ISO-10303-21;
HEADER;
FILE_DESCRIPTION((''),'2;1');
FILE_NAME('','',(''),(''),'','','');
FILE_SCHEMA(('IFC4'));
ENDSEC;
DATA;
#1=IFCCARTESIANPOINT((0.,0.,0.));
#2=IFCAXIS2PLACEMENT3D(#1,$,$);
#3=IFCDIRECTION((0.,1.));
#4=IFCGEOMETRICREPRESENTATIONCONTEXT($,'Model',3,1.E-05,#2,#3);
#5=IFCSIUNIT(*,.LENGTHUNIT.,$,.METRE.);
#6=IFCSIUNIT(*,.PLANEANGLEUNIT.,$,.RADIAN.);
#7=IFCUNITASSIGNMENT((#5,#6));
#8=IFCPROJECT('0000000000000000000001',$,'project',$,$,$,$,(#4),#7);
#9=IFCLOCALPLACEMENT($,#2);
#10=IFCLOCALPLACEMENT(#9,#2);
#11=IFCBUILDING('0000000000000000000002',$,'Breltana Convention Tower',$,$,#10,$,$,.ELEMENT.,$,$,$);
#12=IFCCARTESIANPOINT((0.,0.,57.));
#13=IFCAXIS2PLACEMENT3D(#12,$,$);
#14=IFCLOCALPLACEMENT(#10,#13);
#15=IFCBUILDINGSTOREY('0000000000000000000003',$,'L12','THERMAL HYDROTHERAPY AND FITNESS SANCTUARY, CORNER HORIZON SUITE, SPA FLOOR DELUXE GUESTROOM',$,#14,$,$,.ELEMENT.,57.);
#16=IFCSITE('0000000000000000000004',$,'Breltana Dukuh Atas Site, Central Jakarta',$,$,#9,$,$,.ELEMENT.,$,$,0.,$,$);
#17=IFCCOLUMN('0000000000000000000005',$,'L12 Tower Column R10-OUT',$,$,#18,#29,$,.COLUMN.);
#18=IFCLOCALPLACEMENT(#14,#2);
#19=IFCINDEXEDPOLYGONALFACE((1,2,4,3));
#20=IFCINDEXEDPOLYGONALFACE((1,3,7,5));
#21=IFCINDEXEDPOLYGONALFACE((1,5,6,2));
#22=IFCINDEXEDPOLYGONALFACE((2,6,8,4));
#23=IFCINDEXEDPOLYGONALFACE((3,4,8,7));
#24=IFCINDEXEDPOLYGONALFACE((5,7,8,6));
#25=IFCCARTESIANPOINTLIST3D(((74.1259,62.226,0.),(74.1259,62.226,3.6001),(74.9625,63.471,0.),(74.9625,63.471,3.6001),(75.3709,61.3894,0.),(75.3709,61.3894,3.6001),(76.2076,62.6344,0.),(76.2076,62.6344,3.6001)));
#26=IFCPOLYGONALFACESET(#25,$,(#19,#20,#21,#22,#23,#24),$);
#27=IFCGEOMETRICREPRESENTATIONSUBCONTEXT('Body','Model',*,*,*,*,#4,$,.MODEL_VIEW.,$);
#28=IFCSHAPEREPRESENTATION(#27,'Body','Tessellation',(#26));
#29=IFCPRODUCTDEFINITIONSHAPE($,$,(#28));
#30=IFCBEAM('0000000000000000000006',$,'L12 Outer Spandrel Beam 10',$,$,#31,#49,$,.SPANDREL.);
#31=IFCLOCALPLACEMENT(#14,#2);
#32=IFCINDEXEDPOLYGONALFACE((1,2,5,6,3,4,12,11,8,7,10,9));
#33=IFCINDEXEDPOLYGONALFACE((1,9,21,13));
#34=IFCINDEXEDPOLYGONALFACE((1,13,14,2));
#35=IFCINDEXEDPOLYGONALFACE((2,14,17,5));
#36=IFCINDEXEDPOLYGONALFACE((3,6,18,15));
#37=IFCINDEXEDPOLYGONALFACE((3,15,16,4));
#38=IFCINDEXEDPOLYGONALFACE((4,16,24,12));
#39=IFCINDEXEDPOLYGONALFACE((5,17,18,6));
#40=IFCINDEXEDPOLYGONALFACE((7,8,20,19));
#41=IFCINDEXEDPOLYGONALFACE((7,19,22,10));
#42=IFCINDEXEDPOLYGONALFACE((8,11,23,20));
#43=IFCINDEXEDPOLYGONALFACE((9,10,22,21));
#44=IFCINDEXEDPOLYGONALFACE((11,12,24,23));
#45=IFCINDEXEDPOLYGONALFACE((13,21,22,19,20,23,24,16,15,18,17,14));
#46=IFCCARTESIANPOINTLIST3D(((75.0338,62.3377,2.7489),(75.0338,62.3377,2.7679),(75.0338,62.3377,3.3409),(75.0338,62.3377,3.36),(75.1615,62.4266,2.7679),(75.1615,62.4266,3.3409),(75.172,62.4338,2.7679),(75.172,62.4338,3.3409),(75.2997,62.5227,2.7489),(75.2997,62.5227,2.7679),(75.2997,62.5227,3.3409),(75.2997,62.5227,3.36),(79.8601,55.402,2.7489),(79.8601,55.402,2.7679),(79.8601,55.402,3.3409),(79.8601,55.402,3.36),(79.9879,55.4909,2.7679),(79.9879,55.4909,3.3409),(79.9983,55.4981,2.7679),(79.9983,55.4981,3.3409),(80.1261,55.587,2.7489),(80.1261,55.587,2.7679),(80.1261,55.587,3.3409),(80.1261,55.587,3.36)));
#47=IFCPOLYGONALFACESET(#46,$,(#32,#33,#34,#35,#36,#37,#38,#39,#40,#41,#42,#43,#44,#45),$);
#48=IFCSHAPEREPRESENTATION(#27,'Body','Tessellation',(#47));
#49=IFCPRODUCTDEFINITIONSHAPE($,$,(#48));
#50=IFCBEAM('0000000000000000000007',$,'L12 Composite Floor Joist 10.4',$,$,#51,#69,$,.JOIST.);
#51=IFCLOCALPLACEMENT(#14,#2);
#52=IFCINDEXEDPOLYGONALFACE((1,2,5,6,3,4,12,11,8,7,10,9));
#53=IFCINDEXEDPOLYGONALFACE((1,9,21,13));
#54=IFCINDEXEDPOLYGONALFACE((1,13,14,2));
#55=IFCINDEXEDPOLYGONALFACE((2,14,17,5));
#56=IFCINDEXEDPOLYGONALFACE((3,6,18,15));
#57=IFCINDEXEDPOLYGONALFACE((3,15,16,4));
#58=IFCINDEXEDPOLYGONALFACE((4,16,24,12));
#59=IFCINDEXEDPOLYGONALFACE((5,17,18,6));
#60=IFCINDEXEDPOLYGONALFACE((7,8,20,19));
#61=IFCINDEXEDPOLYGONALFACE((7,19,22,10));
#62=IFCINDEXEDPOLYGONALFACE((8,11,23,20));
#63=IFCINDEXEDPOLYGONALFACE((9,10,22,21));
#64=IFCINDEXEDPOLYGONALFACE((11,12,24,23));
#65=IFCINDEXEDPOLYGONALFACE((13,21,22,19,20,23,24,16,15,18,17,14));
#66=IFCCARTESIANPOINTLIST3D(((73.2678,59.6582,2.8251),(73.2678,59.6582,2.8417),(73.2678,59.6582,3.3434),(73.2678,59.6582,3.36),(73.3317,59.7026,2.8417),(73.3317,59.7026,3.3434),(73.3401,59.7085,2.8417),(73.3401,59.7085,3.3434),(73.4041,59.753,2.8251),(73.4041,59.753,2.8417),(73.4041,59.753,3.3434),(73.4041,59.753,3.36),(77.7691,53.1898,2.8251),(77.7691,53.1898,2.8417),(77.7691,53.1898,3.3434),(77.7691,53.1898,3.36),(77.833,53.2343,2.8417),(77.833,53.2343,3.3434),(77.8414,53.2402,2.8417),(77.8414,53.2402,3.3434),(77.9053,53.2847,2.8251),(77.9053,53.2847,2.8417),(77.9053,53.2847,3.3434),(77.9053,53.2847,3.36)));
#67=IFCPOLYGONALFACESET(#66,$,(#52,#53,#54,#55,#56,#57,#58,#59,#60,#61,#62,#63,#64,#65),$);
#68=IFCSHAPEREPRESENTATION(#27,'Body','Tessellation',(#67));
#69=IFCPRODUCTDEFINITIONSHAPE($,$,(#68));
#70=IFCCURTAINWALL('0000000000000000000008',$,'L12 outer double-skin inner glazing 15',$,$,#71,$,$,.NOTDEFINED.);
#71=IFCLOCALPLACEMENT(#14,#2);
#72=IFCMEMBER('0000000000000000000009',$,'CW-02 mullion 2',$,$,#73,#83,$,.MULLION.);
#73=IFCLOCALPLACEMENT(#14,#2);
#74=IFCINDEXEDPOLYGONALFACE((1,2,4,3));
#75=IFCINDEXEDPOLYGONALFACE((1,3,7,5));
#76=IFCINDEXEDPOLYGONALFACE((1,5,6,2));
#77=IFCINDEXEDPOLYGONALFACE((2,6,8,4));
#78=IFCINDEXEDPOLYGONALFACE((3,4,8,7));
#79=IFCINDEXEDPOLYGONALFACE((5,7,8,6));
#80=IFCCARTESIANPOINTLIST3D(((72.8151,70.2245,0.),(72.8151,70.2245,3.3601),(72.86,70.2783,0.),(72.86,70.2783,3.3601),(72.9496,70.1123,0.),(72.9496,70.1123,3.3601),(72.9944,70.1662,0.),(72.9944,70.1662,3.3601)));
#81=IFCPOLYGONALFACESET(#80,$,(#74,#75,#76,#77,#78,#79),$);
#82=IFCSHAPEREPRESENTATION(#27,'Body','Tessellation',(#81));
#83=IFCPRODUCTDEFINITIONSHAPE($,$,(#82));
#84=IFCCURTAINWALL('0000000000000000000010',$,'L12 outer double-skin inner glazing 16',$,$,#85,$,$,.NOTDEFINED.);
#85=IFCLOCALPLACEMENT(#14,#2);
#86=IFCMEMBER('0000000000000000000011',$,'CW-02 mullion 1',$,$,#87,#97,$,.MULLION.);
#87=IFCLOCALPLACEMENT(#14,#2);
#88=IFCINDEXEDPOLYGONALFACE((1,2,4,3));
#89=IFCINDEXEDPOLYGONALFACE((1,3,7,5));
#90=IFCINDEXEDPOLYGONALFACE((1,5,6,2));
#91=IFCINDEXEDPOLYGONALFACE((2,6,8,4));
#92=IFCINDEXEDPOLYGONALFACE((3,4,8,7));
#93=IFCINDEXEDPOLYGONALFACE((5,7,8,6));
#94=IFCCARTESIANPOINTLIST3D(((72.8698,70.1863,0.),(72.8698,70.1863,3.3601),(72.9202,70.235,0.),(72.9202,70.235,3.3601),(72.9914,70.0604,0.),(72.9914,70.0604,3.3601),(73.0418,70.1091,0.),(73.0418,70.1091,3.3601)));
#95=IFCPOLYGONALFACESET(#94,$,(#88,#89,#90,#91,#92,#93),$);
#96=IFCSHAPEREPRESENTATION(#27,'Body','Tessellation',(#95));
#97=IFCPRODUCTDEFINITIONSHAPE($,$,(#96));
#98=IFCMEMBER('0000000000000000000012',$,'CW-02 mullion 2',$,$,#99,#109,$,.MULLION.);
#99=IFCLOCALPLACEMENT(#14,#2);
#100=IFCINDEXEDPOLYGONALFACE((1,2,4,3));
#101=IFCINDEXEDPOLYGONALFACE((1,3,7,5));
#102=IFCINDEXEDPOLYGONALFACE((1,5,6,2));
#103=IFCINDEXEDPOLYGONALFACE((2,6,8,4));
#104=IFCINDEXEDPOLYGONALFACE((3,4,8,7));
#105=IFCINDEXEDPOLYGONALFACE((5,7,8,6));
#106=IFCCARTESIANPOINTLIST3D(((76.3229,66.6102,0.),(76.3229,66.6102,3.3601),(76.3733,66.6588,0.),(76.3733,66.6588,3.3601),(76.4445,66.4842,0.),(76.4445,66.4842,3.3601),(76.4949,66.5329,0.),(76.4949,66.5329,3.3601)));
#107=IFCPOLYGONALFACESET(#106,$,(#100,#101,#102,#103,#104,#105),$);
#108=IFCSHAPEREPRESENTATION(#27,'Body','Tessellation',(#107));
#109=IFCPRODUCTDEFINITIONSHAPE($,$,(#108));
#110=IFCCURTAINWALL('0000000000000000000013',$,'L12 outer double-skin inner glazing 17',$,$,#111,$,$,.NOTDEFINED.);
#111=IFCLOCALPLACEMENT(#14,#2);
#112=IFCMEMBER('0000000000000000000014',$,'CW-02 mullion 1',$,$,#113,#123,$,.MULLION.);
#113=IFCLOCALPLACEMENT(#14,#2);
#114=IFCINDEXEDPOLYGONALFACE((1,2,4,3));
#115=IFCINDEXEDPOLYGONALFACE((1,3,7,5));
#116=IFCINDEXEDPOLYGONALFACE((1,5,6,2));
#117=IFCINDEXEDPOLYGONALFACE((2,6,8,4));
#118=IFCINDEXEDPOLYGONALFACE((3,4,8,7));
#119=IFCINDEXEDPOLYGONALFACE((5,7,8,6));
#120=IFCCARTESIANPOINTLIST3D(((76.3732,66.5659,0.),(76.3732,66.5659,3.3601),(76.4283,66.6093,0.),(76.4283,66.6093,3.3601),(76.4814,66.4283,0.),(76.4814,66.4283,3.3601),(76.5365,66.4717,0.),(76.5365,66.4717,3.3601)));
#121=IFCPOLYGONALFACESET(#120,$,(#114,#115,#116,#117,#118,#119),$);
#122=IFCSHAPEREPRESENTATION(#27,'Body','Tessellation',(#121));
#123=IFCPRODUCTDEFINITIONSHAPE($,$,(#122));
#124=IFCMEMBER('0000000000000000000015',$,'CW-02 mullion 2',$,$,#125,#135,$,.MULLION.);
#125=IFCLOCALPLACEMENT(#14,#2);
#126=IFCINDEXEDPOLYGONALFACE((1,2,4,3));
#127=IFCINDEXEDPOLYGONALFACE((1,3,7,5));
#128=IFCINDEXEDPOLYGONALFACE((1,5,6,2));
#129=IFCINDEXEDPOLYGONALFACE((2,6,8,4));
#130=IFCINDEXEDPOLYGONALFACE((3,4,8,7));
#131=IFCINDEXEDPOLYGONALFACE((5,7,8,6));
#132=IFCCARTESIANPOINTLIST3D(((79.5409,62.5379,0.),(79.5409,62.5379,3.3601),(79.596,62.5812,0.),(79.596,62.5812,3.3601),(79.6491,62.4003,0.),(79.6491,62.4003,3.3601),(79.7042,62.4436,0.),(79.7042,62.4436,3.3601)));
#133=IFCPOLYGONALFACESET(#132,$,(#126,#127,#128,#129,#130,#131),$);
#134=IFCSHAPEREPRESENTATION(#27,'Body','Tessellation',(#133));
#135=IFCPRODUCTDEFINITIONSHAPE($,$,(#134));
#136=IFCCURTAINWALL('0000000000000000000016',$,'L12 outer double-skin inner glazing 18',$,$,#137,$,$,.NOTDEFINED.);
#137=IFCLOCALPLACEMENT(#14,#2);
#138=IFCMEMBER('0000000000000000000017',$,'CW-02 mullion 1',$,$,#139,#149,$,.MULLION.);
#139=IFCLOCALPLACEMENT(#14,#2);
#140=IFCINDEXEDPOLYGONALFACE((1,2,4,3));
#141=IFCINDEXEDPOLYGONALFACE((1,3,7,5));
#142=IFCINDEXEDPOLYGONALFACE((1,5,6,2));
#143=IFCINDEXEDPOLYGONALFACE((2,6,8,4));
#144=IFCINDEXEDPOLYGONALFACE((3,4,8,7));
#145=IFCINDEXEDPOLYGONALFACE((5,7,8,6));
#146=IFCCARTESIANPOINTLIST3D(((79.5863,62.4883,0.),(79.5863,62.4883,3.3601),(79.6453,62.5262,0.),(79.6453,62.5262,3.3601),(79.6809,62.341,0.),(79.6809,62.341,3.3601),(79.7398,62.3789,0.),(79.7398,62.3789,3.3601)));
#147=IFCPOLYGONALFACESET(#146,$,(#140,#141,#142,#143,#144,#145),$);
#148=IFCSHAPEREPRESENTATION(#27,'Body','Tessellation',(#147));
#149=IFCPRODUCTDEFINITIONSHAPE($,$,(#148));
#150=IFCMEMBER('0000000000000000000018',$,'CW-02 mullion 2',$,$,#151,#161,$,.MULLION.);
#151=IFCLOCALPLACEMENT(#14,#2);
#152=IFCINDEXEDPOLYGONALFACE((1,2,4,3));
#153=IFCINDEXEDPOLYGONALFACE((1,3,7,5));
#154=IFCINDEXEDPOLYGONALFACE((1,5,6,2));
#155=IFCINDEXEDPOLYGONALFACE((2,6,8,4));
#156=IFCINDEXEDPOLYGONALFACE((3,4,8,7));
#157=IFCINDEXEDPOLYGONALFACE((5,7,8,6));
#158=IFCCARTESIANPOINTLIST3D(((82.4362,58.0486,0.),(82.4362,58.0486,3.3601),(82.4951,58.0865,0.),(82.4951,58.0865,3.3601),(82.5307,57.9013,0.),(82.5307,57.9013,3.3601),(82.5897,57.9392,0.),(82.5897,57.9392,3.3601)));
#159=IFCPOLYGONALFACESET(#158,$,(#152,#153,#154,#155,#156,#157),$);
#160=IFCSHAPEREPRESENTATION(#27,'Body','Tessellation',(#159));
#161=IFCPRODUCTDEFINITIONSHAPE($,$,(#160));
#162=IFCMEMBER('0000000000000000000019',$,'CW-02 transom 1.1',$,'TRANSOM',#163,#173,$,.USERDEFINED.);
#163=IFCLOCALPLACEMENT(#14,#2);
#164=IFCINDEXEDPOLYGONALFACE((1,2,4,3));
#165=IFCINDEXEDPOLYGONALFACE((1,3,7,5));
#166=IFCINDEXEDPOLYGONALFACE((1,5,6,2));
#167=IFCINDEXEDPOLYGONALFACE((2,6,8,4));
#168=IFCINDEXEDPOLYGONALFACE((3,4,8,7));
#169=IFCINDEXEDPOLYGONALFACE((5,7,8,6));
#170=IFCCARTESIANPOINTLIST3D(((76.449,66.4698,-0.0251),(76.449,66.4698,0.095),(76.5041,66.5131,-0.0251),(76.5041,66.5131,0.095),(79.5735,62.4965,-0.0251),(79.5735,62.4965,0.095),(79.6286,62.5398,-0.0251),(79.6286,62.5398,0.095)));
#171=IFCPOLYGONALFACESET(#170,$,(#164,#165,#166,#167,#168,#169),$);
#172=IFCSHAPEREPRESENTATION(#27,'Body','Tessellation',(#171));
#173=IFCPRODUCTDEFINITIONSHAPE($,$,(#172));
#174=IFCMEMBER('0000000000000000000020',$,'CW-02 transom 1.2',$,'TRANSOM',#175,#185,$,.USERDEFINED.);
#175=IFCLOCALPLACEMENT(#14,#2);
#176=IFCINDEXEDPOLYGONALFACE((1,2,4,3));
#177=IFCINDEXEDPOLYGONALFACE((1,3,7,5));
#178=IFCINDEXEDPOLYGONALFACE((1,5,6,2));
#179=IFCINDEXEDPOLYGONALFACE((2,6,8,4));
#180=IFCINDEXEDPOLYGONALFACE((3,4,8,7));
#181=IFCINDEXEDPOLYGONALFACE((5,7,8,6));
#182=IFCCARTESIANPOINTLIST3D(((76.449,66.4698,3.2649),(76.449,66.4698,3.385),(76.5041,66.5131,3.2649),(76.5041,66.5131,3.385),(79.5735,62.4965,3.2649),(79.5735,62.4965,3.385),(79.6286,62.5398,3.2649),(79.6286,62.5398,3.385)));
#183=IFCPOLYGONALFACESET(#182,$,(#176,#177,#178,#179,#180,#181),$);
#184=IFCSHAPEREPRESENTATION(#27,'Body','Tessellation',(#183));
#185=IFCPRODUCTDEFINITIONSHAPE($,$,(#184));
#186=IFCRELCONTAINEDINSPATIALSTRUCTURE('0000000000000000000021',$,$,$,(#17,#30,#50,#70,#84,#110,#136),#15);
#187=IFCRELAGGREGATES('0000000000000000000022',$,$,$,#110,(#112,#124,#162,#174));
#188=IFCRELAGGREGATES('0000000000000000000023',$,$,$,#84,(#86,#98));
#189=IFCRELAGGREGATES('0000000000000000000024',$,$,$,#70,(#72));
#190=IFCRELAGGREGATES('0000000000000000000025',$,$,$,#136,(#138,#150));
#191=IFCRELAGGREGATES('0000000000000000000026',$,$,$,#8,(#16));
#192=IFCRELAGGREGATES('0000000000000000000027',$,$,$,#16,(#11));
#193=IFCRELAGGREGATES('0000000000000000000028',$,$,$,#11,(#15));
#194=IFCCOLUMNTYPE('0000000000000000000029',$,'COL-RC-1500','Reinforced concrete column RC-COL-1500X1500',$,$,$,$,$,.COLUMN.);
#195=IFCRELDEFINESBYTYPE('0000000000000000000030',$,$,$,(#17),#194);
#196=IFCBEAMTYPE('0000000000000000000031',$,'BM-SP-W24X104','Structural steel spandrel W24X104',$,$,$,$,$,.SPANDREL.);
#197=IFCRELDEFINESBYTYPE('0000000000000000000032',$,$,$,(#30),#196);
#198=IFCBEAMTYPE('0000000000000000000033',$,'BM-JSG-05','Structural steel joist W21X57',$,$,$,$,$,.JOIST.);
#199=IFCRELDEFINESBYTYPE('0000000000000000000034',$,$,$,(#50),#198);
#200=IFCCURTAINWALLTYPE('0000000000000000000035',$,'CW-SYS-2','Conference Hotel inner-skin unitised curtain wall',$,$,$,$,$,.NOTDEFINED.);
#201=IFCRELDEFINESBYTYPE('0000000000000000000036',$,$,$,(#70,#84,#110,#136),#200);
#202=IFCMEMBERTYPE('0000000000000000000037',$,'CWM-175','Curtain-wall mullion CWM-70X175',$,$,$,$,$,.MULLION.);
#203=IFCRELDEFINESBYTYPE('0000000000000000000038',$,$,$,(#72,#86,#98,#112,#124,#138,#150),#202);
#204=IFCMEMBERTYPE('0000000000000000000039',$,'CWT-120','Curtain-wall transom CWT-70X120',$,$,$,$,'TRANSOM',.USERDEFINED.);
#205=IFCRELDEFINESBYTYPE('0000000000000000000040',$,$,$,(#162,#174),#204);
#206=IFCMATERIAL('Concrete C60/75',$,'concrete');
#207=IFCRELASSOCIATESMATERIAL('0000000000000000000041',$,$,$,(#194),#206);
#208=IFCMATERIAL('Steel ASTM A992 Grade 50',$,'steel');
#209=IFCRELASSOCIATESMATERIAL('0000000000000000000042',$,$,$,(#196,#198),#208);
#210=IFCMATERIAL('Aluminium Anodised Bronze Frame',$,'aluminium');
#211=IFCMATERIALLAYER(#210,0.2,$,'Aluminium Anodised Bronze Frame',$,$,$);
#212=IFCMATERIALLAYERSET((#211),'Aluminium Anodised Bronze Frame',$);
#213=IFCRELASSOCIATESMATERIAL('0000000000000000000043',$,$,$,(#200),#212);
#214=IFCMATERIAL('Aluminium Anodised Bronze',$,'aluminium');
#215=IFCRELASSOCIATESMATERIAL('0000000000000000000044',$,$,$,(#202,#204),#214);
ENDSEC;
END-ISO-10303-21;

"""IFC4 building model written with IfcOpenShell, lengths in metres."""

from ifc_helpers import new_model, si_unit, direction, frame, origin, origin_2d, place, context, subcontext, project, spatial, rectangle, i_section, extrude, source, transform, mapped, material, layer, layer_set, material_profile, profile_set, type_object, type_shapes, element, aggregate, save


model = new_model("IFC4")

# Units and contexts
model_context = context("Model", 3, precision=1e-05, world=origin(), true_north=direction((0.0, 1.0)))
body_context = subcontext(model_context, "Body", "Model", "MODEL_VIEW")
ifc_project = project(units=[si_unit("LENGTHUNIT", "METRE"), si_unit("PLANEANGLEUNIT", "RADIAN")], contexts=[model_context])

# Site, building, storey
site_placement = place(None, origin())
site = spatial("IfcSite", under=ifc_project, at=site_placement, Name="Breltana Dukuh Atas Site, Central Jakarta", CompositionType="ELEMENT", RefElevation=0.0)
building_placement = place(site_placement, origin())
building = spatial("IfcBuilding", under=site, at=building_placement, Name="Breltana Convention Tower", CompositionType="ELEMENT")
storey_placement = place(building_placement, frame((0.0, 0.0, 57.0)))
storey = spatial("IfcBuildingStorey", under=building, at=storey_placement, Name="L12", Description="THERMAL HYDROTHERAPY AND FITNESS SANCTUARY, CORNER HORIZON SUITE, SPA FLOOR DELUXE GUESTROOM", CompositionType="ELEMENT", Elevation=57.0)

# Column
ifc_material_1 = material(Name="Concrete C60/75", Category="concrete")
ifc_material_profile_1 = material_profile(ifc_material_1, rectangle(XDim=1.5, YDim=1.5, at=origin_2d()), Name="RC-COL-1500X1500")
ifc_profile_set_1 = profile_set([ifc_material_profile_1], Name="Concrete C60/75")
column_type = type_object("IfcColumnType", Name="COL-RC-1500", Description="Reinforced concrete column RC-COL-1500X1500", PredefinedType="COLUMN", material=ifc_profile_set_1)
shared_shape_1 = source(origin(), body_context, "Body", "SweptSolid", [
    extrude(rectangle(XDim=1.5, YDim=1.5, at=origin_2d()), origin(), (0.0, 0.0, 1.0), 3.6001),
])
column_placement = place(storey_placement, frame((75.1667, 62.4302, 0.0), z_axis=(0.0, 0.0, 1.0), x_axis=(0.557745, 0.830012, 0.0)))
element("IfcColumn", 1, at=column_placement, inside=storey, type_object=column_type, Name="L12 Tower Column R10-OUT", PredefinedType="COLUMN", context=body_context, shape_type="MappedRepresentation", body=[
    mapped(shared_shape_1, transform((0.0, 0.0, 0.0), scale=1.0)),
])

# Beams
ifc_material_2 = material(Name="Steel ASTM A992 Grade 50", Category="steel")
ifc_material_profile_2 = material_profile(ifc_material_2, i_section(OverallWidth=0.324, OverallDepth=0.6111, WebThickness=0.0127, FlangeThickness=0.019, at=origin_2d()), Name="W24X104")
ifc_profile_set_2 = profile_set([ifc_material_profile_2], Name="Steel ASTM A992 Grade 50")
beam_type_1 = type_object("IfcBeamType", Name="BM-SP-W24X104", Description="Structural steel spandrel W24X104", PredefinedType="SPANDREL", material=ifc_profile_set_2)
shared_shape_2 = source(origin(), body_context, "Body", "SweptSolid", [
    extrude(i_section(OverallWidth=0.324, OverallDepth=0.6111, WebThickness=0.0127, FlangeThickness=0.019, at=origin_2d()), origin(), (0.0, 0.0, 1.0), 8.4497),
])
beam_1_placement = place(storey_placement, frame((75.1667, 62.4302, 3.0544), z_axis=(0.571186, -0.820821, 0.0), x_axis=(0.820821, 0.571186, 0.0)))
element("IfcBeam", 2, at=beam_1_placement, inside=storey, type_object=beam_type_1, Name="L12 Outer Spandrel Beam 10", PredefinedType="SPANDREL", context=body_context, shape_type="MappedRepresentation", body=[
    mapped(shared_shape_2, transform((0.0, 0.0, 0.0), scale=1.0)),
])
ifc_material_profile_3 = material_profile(ifc_material_2, i_section(OverallWidth=0.166, OverallDepth=0.5349, WebThickness=0.0103, FlangeThickness=0.0166, at=origin_2d()), Name="W21X57")
ifc_profile_set_3 = profile_set([ifc_material_profile_3], Name="Steel ASTM A992 Grade 50")
beam_type_2 = type_object("IfcBeamType", Name="BM-JSG-05", Description="Structural steel joist W21X57", PredefinedType="JOIST", material=ifc_profile_set_3)
shared_shape_3 = source(origin(), body_context, "Body", "SweptSolid", [
    extrude(i_section(OverallWidth=0.166, OverallDepth=0.5349, WebThickness=0.0103, FlangeThickness=0.0166, at=origin_2d()), origin(), (0.0, 0.0, 1.0), 7.8804),
])
beam_2_placement = place(storey_placement, frame((73.3359, 59.7056, 3.0925), z_axis=(0.571198, -0.820812, 0.0), x_axis=(0.820812, 0.571198, 0.0)))
element("IfcBeam", 3, at=beam_2_placement, inside=storey, type_object=beam_type_2, Name="L12 Composite Floor Joist 10.4", PredefinedType="JOIST", context=body_context, shape_type="MappedRepresentation", body=[
    mapped(shared_shape_3, transform((0.0, 0.0, 0.0), scale=1.0)),
])

# Curtain wall, member
ifc_material_3 = material(Name="Aluminium Anodised Bronze Frame", Category="aluminium")
ifc_layer_1 = layer(ifc_material_3, 0.2, Name="Aluminium Anodised Bronze Frame")
ifc_layer_set_1 = layer_set([ifc_layer_1], Name="Aluminium Anodised Bronze Frame")
curtain_wall_type = type_object("IfcCurtainWallType", Name="CW-SYS-2", Description="Conference Hotel inner-skin unitised curtain wall", PredefinedType="NOTDEFINED", material=ifc_layer_set_1)
curtain_wall_1_placement = place(storey_placement, origin())
curtain_wall_1 = element("IfcCurtainWall", 4, at=curtain_wall_1_placement, inside=storey, type_object=curtain_wall_type, Name="L12 outer double-skin inner glazing 15", PredefinedType="NOTDEFINED")
ifc_material_4 = material(Name="Aluminium Anodised Bronze", Category="aluminium")
ifc_material_profile_4 = material_profile(ifc_material_4, rectangle(XDim=0.0701, YDim=0.175, at=origin_2d()), Name="CWM-70X175")
ifc_profile_set_4 = profile_set([ifc_material_profile_4], Name="Aluminium Anodised Bronze")
member_type_1 = type_object("IfcMemberType", Name="CWM-175", Description="Curtain-wall mullion CWM-70X175", PredefinedType="MULLION", material=ifc_profile_set_4)
shared_shape_4 = source(origin(), body_context, "Body", "SweptSolid", [
    extrude(rectangle(XDim=0.0701, YDim=0.175, at=origin_2d()), origin(), (0.0, 0.0, 1.0), 3.3601),
])
type_shapes(member_type_1, [shared_shape_4])
member_1_placement = place(storey_placement, frame((72.9048, 70.1953, 0.0), z_axis=(0.0, 0.0, 1.0), x_axis=(0.64052, 0.767941, 0.0)))
member_1 = element("IfcMember", 5, at=member_1_placement, type_object=member_type_1, Name="CW-02 mullion 2", PredefinedType="MULLION", context=body_context, shape_type="MappedRepresentation", body=[
    mapped(shared_shape_4, transform((0.0, 0.0, 0.0), scale=1.0)),
])

# Curtain walls, members
curtain_wall_2_placement = place(storey_placement, origin())
curtain_wall_2 = element("IfcCurtainWall", 6, at=curtain_wall_2_placement, inside=storey, type_object=curtain_wall_type, Name="L12 outer double-skin inner glazing 16", PredefinedType="NOTDEFINED")
member_2_placement = place(storey_placement, frame((72.9558, 70.1477, 0.0), z_axis=(0.0, 0.0, 1.0), x_axis=(0.719386, 0.69461, 0.0)))
member_2 = element("IfcMember", 7, at=member_2_placement, type_object=member_type_1, Name="CW-02 mullion 1", PredefinedType="MULLION", context=body_context, shape_type="MappedRepresentation", body=[
    mapped(shared_shape_4, transform((0.0, 0.0, 0.0), scale=1.0)),
])
member_3_placement = place(storey_placement, frame((76.4089, 66.5715, 0.0), z_axis=(0.0, 0.0, 1.0), x_axis=(0.719386, 0.69461, 0.0)))
member_3 = element("IfcMember", 8, at=member_3_placement, type_object=member_type_1, Name="CW-02 mullion 2", PredefinedType="MULLION", context=body_context, shape_type="MappedRepresentation", body=[
    mapped(shared_shape_4, transform((0.0, 0.0, 0.0), scale=1.0)),
])
curtain_wall_3_placement = place(storey_placement, origin())
curtain_wall_3 = element("IfcCurtainWall", 9, at=curtain_wall_3_placement, inside=storey, type_object=curtain_wall_type, Name="L12 outer double-skin inner glazing 17", PredefinedType="NOTDEFINED")
member_4_placement = place(storey_placement, frame((76.4548, 66.5188, 0.0), z_axis=(0.0, 0.0, 1.0), x_axis=(0.786057, 0.618154, 0.0)))
member_4 = element("IfcMember", 10, at=member_4_placement, type_object=member_type_1, Name="CW-02 mullion 1", PredefinedType="MULLION", context=body_context, shape_type="MappedRepresentation", body=[
    mapped(shared_shape_4, transform((0.0, 0.0, 0.0), scale=1.0)),
])
member_5_placement = place(storey_placement, frame((79.6226, 62.4907, 0.0), z_axis=(0.0, 0.0, 1.0), x_axis=(0.786057, 0.618154, 0.0)))
member_5 = element("IfcMember", 11, at=member_5_placement, type_object=member_type_1, Name="CW-02 mullion 2", PredefinedType="MULLION", context=body_context, shape_type="MappedRepresentation", body=[
    mapped(shared_shape_4, transform((0.0, 0.0, 0.0), scale=1.0)),
])
curtain_wall_4_placement = place(storey_placement, origin())
curtain_wall_4 = element("IfcCurtainWall", 12, at=curtain_wall_4_placement, inside=storey, type_object=curtain_wall_type, Name="L12 outer double-skin inner glazing 18", PredefinedType="NOTDEFINED")
member_6_placement = place(storey_placement, frame((79.6631, 62.4336, 0.0), z_axis=(0.0, 0.0, 1.0), x_axis=(0.841549, 0.540181, 0.0)))
member_6 = element("IfcMember", 13, at=member_6_placement, type_object=member_type_1, Name="CW-02 mullion 1", PredefinedType="MULLION", context=body_context, shape_type="MappedRepresentation", body=[
    mapped(shared_shape_4, transform((0.0, 0.0, 0.0), scale=1.0)),
])
member_7_placement = place(storey_placement, frame((82.5129, 57.9939, 0.0), z_axis=(0.0, 0.0, 1.0), x_axis=(0.841549, 0.540181, 0.0)))
member_7 = element("IfcMember", 14, at=member_7_placement, type_object=member_type_1, Name="CW-02 mullion 2", PredefinedType="MULLION", context=body_context, shape_type="MappedRepresentation", body=[
    mapped(shared_shape_4, transform((0.0, 0.0, 0.0), scale=1.0)),
])

# Members
ifc_material_profile_5 = material_profile(ifc_material_4, rectangle(XDim=0.0701, YDim=0.1201, at=origin_2d()), Name="CWT-70X120")
ifc_profile_set_5 = profile_set([ifc_material_profile_5], Name="Aluminium Anodised Bronze")
member_type_2 = type_object("IfcMemberType", Name="CWT-120", Description="Curtain-wall transom CWT-70X120", ElementType="TRANSOM", PredefinedType="USERDEFINED", material=ifc_profile_set_5)
shared_shape_5 = source(origin(), body_context, "Body", "SweptSolid", [
    extrude(rectangle(XDim=0.0701, YDim=0.1201, at=origin_2d()), origin(), (0.0, 0.0, 1.0), 5.0547),
])
member_8_placement = place(storey_placement, frame((76.4766, 66.4915, 0.0349), z_axis=(0.618135, -0.786072, 0.0), x_axis=(0.786072, 0.618135, 0.0)))
member_8 = element("IfcMember", 15, at=member_8_placement, type_object=member_type_2, Name="CW-02 transom 1.1", ObjectType="TRANSOM", PredefinedType="USERDEFINED", context=body_context, shape_type="MappedRepresentation", body=[
    mapped(shared_shape_5, transform((0.0, 0.0, 0.0), scale=1.0)),
])
member_9_placement = place(storey_placement, frame((76.4766, 66.4915, 3.325), z_axis=(0.618135, -0.786072, 0.0), x_axis=(0.786072, 0.618135, 0.0)))
member_9 = element("IfcMember", 16, at=member_9_placement, type_object=member_type_2, Name="CW-02 transom 1.2", ObjectType="TRANSOM", PredefinedType="USERDEFINED", context=body_context, shape_type="MappedRepresentation", body=[
    mapped(shared_shape_5, transform((0.0, 0.0, 0.0), scale=1.0)),
])

aggregate(curtain_wall_3, [member_4, member_5, member_8, member_9])
aggregate(curtain_wall_2, [member_2, member_3])
aggregate(curtain_wall_1, [member_1])
aggregate(curtain_wall_4, [member_6, member_7])

save(model, "model.ifc")
